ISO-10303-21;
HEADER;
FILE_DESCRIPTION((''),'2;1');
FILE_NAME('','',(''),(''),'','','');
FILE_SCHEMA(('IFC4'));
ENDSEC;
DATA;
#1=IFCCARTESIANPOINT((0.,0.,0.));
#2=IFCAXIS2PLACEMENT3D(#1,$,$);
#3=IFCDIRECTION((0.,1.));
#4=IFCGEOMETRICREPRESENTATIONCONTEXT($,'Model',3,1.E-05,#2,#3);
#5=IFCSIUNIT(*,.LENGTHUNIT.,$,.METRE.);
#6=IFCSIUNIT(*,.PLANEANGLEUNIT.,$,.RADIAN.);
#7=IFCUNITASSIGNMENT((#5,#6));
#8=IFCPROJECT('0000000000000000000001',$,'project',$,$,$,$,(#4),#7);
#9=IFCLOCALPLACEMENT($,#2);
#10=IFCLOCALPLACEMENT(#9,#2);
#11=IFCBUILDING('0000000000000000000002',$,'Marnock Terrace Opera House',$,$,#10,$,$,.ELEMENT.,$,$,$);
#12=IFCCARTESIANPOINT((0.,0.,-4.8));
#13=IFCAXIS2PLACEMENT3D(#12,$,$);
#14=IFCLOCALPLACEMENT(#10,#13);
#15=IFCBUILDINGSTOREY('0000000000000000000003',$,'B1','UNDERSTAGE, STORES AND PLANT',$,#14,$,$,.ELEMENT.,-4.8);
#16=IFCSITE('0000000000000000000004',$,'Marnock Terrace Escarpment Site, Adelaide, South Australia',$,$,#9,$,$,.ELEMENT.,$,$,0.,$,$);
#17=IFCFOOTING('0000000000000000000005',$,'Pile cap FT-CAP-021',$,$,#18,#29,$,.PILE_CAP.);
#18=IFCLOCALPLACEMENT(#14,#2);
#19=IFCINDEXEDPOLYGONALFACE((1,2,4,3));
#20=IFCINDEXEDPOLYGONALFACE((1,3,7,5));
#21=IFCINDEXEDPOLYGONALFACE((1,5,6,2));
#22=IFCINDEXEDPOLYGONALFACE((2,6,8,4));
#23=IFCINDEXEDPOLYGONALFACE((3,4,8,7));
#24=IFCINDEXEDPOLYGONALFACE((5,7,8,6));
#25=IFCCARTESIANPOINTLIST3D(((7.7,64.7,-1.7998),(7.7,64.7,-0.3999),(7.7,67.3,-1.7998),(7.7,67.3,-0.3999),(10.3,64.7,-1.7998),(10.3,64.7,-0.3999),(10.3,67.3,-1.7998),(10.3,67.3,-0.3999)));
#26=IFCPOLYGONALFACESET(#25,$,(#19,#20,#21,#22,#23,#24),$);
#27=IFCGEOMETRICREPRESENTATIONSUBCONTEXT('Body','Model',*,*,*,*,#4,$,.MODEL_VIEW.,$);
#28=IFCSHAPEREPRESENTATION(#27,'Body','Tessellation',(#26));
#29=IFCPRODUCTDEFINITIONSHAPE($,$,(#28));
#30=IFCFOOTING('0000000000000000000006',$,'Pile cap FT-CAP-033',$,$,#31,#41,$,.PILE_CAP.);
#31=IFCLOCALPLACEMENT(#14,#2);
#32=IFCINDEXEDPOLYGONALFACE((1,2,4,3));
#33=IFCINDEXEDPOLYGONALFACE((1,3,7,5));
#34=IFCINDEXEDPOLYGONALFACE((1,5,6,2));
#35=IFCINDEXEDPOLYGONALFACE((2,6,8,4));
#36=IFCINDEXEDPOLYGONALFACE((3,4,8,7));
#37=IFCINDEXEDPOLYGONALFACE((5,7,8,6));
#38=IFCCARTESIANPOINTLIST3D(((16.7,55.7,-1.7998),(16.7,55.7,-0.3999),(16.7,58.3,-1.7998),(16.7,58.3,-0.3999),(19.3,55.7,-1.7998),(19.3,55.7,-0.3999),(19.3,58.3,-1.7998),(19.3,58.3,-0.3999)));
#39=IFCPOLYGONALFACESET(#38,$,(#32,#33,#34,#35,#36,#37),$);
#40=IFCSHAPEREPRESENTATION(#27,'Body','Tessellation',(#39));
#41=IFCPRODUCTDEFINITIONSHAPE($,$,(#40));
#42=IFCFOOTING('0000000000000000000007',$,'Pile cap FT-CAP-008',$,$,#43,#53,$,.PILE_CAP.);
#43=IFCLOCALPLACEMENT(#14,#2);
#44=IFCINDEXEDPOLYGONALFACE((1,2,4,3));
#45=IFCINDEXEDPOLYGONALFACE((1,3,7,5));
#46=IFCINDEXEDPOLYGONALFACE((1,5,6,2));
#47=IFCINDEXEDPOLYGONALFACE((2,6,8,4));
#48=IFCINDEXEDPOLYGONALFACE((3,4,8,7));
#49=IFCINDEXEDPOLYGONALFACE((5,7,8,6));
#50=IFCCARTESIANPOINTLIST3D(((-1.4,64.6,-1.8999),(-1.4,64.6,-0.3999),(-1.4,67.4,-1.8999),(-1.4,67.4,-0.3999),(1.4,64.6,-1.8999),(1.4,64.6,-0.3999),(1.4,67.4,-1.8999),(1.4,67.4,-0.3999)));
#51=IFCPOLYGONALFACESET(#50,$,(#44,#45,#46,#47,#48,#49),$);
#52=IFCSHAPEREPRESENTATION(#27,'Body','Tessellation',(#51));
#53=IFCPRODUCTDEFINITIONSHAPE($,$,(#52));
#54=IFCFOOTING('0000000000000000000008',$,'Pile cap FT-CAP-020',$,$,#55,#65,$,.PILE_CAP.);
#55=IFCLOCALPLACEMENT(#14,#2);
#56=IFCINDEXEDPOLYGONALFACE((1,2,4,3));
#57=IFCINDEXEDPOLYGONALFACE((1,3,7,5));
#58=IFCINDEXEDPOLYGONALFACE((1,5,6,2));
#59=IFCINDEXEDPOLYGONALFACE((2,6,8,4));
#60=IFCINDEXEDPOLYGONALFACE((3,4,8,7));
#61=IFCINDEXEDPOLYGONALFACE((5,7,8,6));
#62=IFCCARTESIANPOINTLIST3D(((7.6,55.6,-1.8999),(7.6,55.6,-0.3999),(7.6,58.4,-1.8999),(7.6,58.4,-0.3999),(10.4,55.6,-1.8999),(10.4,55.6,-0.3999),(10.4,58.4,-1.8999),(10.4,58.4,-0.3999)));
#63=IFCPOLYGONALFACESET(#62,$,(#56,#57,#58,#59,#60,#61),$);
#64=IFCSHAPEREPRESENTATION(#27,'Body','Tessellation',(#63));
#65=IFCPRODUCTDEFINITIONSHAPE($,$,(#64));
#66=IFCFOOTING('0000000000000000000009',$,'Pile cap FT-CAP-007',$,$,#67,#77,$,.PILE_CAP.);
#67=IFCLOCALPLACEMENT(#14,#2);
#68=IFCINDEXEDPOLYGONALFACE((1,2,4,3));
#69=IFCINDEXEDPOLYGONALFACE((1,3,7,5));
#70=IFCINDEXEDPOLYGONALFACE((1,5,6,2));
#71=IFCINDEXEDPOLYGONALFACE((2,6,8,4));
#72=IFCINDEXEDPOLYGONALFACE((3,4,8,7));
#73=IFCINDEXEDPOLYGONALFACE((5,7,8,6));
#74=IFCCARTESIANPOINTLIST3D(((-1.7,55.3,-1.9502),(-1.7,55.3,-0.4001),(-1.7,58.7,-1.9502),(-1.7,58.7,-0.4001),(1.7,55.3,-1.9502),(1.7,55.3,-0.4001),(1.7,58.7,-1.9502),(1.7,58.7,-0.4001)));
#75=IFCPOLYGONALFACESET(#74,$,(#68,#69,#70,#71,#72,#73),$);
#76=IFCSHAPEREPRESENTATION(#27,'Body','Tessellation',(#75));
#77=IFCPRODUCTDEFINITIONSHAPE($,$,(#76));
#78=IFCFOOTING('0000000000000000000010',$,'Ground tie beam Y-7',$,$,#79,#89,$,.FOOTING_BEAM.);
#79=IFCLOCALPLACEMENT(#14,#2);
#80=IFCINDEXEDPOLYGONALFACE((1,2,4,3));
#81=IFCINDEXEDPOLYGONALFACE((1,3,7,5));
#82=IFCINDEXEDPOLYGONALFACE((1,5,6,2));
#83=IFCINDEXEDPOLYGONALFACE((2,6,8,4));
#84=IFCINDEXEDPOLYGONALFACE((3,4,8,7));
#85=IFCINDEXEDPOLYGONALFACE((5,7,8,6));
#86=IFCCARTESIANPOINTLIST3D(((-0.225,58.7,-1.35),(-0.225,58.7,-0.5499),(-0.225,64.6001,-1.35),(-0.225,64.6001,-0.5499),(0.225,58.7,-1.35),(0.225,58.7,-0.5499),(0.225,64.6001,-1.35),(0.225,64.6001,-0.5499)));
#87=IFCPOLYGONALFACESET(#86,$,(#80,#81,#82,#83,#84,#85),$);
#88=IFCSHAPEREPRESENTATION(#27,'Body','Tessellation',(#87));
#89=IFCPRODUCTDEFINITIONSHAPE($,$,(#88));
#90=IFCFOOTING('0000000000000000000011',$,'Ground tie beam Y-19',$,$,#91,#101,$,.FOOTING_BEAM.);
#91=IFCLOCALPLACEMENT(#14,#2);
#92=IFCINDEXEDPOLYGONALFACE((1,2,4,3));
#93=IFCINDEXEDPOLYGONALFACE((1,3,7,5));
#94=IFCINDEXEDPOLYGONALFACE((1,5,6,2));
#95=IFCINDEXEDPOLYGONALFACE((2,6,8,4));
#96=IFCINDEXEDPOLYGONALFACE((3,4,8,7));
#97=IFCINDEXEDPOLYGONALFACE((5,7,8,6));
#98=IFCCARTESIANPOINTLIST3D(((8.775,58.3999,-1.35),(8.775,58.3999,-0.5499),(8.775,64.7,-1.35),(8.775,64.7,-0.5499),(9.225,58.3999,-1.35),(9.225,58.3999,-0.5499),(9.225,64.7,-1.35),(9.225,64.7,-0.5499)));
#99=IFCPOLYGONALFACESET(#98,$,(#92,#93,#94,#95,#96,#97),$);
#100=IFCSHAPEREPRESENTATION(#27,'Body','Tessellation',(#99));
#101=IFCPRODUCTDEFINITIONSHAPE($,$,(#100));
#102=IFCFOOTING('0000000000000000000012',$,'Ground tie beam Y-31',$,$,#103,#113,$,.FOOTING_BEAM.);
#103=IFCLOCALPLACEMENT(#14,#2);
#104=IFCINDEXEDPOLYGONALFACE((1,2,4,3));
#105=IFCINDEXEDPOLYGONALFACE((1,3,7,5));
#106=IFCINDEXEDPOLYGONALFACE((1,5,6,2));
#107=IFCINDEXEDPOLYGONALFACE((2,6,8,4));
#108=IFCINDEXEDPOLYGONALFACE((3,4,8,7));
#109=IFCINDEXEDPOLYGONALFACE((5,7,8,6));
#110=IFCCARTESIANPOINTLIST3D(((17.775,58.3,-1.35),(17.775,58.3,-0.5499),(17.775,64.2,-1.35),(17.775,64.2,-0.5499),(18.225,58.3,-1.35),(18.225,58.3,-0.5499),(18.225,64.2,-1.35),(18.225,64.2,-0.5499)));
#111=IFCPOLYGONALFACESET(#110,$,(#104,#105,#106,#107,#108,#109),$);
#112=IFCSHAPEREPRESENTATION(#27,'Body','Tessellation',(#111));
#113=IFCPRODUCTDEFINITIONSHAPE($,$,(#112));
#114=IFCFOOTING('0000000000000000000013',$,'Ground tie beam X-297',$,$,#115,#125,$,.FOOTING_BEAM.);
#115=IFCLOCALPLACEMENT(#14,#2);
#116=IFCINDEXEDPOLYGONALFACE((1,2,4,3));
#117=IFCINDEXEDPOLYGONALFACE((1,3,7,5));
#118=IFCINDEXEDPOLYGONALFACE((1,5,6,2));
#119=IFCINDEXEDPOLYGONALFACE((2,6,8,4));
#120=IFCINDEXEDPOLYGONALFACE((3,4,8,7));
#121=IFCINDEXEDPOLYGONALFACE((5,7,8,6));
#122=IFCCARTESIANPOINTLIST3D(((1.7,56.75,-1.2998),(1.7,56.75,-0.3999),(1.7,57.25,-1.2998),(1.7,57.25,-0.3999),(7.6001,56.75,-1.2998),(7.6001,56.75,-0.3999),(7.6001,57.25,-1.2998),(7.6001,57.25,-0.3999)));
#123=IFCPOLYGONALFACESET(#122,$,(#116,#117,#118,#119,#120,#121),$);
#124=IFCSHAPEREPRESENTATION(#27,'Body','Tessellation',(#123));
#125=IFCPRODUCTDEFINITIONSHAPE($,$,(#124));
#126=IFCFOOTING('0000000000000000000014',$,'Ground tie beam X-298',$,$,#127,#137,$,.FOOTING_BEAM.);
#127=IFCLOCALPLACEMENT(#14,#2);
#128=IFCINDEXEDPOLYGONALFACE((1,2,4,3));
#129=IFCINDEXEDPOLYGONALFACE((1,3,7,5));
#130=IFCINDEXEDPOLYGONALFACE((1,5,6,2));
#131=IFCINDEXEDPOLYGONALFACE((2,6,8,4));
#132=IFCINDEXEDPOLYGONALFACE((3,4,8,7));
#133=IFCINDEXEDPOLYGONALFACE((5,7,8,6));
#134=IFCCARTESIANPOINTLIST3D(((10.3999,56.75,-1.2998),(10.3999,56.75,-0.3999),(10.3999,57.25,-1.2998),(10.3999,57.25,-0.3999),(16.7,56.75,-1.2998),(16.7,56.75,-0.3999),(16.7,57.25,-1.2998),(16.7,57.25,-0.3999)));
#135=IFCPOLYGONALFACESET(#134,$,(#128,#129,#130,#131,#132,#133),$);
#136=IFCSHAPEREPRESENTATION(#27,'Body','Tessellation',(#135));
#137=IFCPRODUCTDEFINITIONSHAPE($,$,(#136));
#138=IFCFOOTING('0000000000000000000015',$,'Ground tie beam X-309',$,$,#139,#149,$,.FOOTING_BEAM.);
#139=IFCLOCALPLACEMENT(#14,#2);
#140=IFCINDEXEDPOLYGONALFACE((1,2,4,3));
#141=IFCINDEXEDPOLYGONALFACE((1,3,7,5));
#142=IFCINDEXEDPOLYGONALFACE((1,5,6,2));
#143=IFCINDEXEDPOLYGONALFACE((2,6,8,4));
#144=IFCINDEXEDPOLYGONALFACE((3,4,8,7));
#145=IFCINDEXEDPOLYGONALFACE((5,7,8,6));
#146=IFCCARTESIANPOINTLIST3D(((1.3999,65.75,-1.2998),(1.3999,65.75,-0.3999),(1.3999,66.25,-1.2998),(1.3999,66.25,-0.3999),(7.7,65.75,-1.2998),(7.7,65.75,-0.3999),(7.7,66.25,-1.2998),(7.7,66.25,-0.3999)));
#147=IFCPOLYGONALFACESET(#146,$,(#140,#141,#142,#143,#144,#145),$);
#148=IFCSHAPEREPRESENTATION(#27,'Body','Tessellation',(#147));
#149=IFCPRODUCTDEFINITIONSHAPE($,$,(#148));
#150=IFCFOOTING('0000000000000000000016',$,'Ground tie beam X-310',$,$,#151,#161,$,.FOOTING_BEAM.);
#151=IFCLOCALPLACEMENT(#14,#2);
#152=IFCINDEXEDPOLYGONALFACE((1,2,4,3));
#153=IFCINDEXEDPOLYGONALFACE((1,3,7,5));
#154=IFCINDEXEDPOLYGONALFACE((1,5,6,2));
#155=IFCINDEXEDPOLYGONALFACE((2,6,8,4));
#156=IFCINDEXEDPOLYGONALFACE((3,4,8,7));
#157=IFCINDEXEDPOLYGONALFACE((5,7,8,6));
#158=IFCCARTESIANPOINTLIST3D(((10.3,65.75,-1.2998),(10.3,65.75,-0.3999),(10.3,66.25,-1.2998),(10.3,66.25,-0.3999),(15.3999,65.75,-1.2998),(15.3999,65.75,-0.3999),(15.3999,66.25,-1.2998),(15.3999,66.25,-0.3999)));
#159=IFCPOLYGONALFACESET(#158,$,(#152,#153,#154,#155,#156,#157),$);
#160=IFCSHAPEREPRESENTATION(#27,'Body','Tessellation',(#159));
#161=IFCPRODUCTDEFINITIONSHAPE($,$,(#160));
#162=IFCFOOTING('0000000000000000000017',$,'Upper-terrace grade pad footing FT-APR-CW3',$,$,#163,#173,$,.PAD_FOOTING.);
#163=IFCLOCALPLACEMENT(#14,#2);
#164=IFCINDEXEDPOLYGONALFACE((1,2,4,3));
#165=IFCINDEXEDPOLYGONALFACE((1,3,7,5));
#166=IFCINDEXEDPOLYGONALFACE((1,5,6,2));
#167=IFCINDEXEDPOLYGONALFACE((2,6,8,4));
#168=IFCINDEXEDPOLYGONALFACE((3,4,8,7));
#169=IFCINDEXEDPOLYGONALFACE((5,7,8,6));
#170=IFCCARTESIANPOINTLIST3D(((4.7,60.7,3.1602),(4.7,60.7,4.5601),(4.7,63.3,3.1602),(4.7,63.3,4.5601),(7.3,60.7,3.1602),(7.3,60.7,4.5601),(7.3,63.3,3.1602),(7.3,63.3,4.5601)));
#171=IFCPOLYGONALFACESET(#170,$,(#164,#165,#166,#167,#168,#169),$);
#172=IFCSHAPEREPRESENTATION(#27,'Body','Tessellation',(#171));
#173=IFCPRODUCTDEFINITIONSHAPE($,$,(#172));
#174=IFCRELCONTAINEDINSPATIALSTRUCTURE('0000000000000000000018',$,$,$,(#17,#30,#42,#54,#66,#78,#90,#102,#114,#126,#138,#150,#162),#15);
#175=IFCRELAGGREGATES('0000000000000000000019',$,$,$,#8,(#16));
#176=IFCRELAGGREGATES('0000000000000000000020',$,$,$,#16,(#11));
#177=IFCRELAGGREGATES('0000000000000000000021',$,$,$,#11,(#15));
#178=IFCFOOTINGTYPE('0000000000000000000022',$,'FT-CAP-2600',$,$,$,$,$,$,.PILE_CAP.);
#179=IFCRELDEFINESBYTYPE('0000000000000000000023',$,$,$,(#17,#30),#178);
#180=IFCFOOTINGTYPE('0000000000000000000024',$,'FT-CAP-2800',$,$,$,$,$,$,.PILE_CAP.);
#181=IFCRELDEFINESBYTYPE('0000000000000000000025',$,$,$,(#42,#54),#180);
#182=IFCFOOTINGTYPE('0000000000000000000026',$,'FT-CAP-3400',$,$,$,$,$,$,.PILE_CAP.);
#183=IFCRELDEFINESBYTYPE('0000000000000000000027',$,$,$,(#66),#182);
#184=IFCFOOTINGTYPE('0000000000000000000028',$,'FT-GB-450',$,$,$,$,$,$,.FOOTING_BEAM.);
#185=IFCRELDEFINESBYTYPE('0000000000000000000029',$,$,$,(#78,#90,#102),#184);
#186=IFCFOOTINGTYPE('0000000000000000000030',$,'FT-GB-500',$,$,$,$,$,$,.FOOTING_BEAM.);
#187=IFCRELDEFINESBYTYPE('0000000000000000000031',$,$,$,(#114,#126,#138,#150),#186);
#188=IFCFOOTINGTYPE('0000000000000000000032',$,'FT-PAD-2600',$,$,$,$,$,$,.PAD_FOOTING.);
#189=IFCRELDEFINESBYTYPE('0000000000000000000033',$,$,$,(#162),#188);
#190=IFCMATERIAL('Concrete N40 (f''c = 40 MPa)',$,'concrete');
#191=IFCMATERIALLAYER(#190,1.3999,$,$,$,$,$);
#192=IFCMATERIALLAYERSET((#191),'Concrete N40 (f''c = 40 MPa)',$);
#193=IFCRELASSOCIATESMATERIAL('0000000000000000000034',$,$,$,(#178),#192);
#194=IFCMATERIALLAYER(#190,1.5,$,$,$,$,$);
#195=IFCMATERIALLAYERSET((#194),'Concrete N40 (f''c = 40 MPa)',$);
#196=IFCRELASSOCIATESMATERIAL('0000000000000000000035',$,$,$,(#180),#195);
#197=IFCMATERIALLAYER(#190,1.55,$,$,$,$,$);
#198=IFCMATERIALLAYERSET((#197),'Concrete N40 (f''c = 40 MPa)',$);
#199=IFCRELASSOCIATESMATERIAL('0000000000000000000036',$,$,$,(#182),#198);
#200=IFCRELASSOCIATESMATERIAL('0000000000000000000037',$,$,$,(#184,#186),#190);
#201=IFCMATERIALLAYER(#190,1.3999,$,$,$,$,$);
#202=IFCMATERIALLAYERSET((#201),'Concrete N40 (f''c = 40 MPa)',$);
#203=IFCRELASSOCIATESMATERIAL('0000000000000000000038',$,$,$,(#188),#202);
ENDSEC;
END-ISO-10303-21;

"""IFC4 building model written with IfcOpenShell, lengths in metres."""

from ifc_helpers import new_model, si_unit, direction, frame, origin, origin_2d, place, context, subcontext, project, spatial, rectangle, extrude, material, layer, layer_set, material_profile, profile_set, type_object, element, save


model = new_model("IFC4")

# Units and contexts
model_context = context("Model", 3, precision=1e-05, world=origin(), true_north=direction((0.0, 1.0)))
body_context = subcontext(model_context, "Body", "Model", "MODEL_VIEW")
ifc_project = project(units=[si_unit("LENGTHUNIT", "METRE"), si_unit("PLANEANGLEUNIT", "RADIAN")], contexts=[model_context])

# Site, building, storey
site_placement = place(None, origin())
site = spatial("IfcSite", under=ifc_project, at=site_placement, Name="Marnock Terrace Escarpment Site, Adelaide, South Australia", CompositionType="ELEMENT", RefElevation=0.0)
building_placement = place(site_placement, origin())
building = spatial("IfcBuilding", under=site, at=building_placement, Name="Marnock Terrace Opera House", CompositionType="ELEMENT")
storey_placement = place(building_placement, frame((0.0, 0.0, -4.8)))
storey = spatial("IfcBuildingStorey", under=building, at=storey_placement, Name="B1", Description="UNDERSTAGE, STORES AND PLANT", CompositionType="ELEMENT", Elevation=-4.8)

# Footings
ifc_material_1 = material(Name="Concrete N40 (f'c = 40 MPa)", Category="concrete")
ifc_layer_1 = layer(ifc_material_1, 1.3999)
ifc_layer_set_1 = layer_set([ifc_layer_1], Name="Concrete N40 (f'c = 40 MPa)")
footing_type_1 = type_object("IfcFootingType", Name="FT-CAP-2600", PredefinedType="PILE_CAP", material=ifc_layer_set_1)
for number, where, z_axis, x_axis, name in (
    (1, (9.0, 66.0, -1.7998), (0.0, 0.0, 1.0), (1.0, 0.0, 0.0), "Pile cap FT-CAP-021"),
    (2, (18.0, 57.0, -1.7998), (0.0, 0.0, 1.0), (1.0, 0.0, 0.0), "Pile cap FT-CAP-033"),
):
    element("IfcFooting", number, at=place(storey_placement, frame(where, z_axis=z_axis, x_axis=x_axis)), inside=storey, type_object=footing_type_1, Name=name, PredefinedType="PILE_CAP", context=body_context, shape_type="SweptSolid", body=[
        extrude(rectangle(XDim=2.6001, YDim=2.6001, at=origin_2d()), origin(), (0.0, 0.0, 1.0), 1.3999),
    ])
ifc_layer_2 = layer(ifc_material_1, 1.5)
ifc_layer_set_2 = layer_set([ifc_layer_2], Name="Concrete N40 (f'c = 40 MPa)")
footing_type_2 = type_object("IfcFootingType", Name="FT-CAP-2800", PredefinedType="PILE_CAP", material=ifc_layer_set_2)
for number, where, z_axis, x_axis, name in (
    (3, (0.0, 66.0, -1.8999), (0.0, 0.0, 1.0), (1.0, 0.0, 0.0), "Pile cap FT-CAP-008"),
    (4, (9.0, 57.0, -1.8999), (0.0, 0.0, 1.0), (1.0, 0.0, 0.0), "Pile cap FT-CAP-020"),
):
    element("IfcFooting", number, at=place(storey_placement, frame(where, z_axis=z_axis, x_axis=x_axis)), inside=storey, type_object=footing_type_2, Name=name, PredefinedType="PILE_CAP", context=body_context, shape_type="SweptSolid", body=[
        extrude(rectangle(XDim=2.8, YDim=2.8, at=origin_2d()), origin(), (0.0, 0.0, 1.0), 1.5),
    ])
ifc_layer_3 = layer(ifc_material_1, 1.55)
ifc_layer_set_3 = layer_set([ifc_layer_3], Name="Concrete N40 (f'c = 40 MPa)")
footing_type_3 = type_object("IfcFootingType", Name="FT-CAP-3400", PredefinedType="PILE_CAP", material=ifc_layer_set_3)
footing_1_placement = place(storey_placement, frame((0.0, 57.0, -1.9502), z_axis=(0.0, 0.0, 1.0), x_axis=(1.0, 0.0, 0.0)))
element("IfcFooting", 5, at=footing_1_placement, inside=storey, type_object=footing_type_3, Name="Pile cap FT-CAP-007", PredefinedType="PILE_CAP", context=body_context, shape_type="SweptSolid", body=[
    extrude(rectangle(XDim=3.3999, YDim=3.3999, at=origin_2d()), origin(), (0.0, 0.0, 1.0), 1.55),
])
ifc_material_profile_1 = material_profile(ifc_material_1, rectangle(XDim=0.45, YDim=0.8, at=origin_2d()))
ifc_profile_set_1 = profile_set([ifc_material_profile_1], Name="Concrete N40 (f'c = 40 MPa)")
footing_type_4 = type_object("IfcFootingType", Name="FT-GB-450", PredefinedType="FOOTING_BEAM", material=ifc_profile_set_1)
footing_2_placement = place(storey_placement, frame((0.0, 58.7, -0.95), z_axis=(0.0, 1.0, 0.0), x_axis=(-1.0, 0.0, 0.0)))
element("IfcFooting", 6, at=footing_2_placement, inside=storey, type_object=footing_type_4, Name="Ground tie beam Y-7", PredefinedType="FOOTING_BEAM", context=body_context, shape_type="SweptSolid", body=[
    extrude(rectangle(XDim=0.45, YDim=0.8, at=origin_2d()), origin(), (0.0, 0.0, 1.0), 5.9001),
])
footing_3_placement = place(storey_placement, frame((9.0, 58.3999, -0.95), z_axis=(0.0, 1.0, 0.0), x_axis=(-1.0, 0.0, 0.0)))
element("IfcFooting", 7, at=footing_3_placement, inside=storey, type_object=footing_type_4, Name="Ground tie beam Y-19", PredefinedType="FOOTING_BEAM", context=body_context, shape_type="SweptSolid", body=[
    extrude(rectangle(XDim=0.45, YDim=0.8, at=origin_2d()), origin(), (0.0, 0.0, 1.0), 6.3),
])
footing_4_placement = place(storey_placement, frame((18.0, 58.3, -0.95), z_axis=(0.0, 1.0, 0.0), x_axis=(-1.0, 0.0, 0.0)))
element("IfcFooting", 8, at=footing_4_placement, inside=storey, type_object=footing_type_4, Name="Ground tie beam Y-31", PredefinedType="FOOTING_BEAM", context=body_context, shape_type="SweptSolid", body=[
    extrude(rectangle(XDim=0.45, YDim=0.8, at=origin_2d()), origin(), (0.0, 0.0, 1.0), 5.8999),
])
ifc_material_profile_2 = material_profile(ifc_material_1, rectangle(XDim=0.5, YDim=0.8999, at=origin_2d()))
ifc_profile_set_2 = profile_set([ifc_material_profile_2], Name="Concrete N40 (f'c = 40 MPa)")
footing_type_5 = type_object("IfcFootingType", Name="FT-GB-500", PredefinedType="FOOTING_BEAM", material=ifc_profile_set_2)
footing_5_placement = place(storey_placement, frame((1.7, 57.0, -0.8499), z_axis=(1.0, 0.0, 0.0), x_axis=(0.0, 1.0, 0.0)))
element("IfcFooting", 9, at=footing_5_placement, inside=storey, type_object=footing_type_5, Name="Ground tie beam X-297", PredefinedType="FOOTING_BEAM", context=body_context, shape_type="SweptSolid", body=[
    extrude(rectangle(XDim=0.5, YDim=0.8999, at=origin_2d()), origin(), (0.0, 0.0, 1.0), 5.9001),
])
for number, where, z_axis, x_axis, name in (
    (10, (10.3999, 57.0, -0.8499), (1.0, 0.0, 0.0), (0.0, 1.0, 0.0), "Ground tie beam X-298"),
    (11, (1.3999, 66.0, -0.8499), (1.0, 0.0, 0.0), (0.0, 1.0, 0.0), "Ground tie beam X-309"),
):
    element("IfcFooting", number, at=place(storey_placement, frame(where, z_axis=z_axis, x_axis=x_axis)), inside=storey, type_object=footing_type_5, Name=name, PredefinedType="FOOTING_BEAM", context=body_context, shape_type="SweptSolid", body=[
        extrude(rectangle(XDim=0.5, YDim=0.8999, at=origin_2d()), origin(), (0.0, 0.0, 1.0), 6.3),
    ])
footing_6_placement = place(storey_placement, frame((10.3, 66.0, -0.8499), z_axis=(1.0, 0.0, 0.0), x_axis=(0.0, 1.0, 0.0)))
element("IfcFooting", 12, at=footing_6_placement, inside=storey, type_object=footing_type_5, Name="Ground tie beam X-310", PredefinedType="FOOTING_BEAM", context=body_context, shape_type="SweptSolid", body=[
    extrude(rectangle(XDim=0.5, YDim=0.8999, at=origin_2d()), origin(), (0.0, 0.0, 1.0), 5.0999),
])
ifc_layer_4 = layer(ifc_material_1, 1.3999)
ifc_layer_set_4 = layer_set([ifc_layer_4], Name="Concrete N40 (f'c = 40 MPa)")
footing_type_6 = type_object("IfcFootingType", Name="FT-PAD-2600", PredefinedType="PAD_FOOTING", material=ifc_layer_set_4)
footing_7_placement = place(storey_placement, frame((6.0, 62.0, 3.1602), z_axis=(0.0, 0.0, 1.0), x_axis=(1.0, 0.0, 0.0)))
element("IfcFooting", 13, at=footing_7_placement, inside=storey, type_object=footing_type_6, Name="Upper-terrace grade pad footing FT-APR-CW3", PredefinedType="PAD_FOOTING", context=body_context, shape_type="SweptSolid", body=[
    extrude(rectangle(XDim=2.6001, YDim=2.6001, at=origin_2d()), origin(), (0.0, 0.0, 1.0), 1.3999),
])

save(model, "model.ifc")
